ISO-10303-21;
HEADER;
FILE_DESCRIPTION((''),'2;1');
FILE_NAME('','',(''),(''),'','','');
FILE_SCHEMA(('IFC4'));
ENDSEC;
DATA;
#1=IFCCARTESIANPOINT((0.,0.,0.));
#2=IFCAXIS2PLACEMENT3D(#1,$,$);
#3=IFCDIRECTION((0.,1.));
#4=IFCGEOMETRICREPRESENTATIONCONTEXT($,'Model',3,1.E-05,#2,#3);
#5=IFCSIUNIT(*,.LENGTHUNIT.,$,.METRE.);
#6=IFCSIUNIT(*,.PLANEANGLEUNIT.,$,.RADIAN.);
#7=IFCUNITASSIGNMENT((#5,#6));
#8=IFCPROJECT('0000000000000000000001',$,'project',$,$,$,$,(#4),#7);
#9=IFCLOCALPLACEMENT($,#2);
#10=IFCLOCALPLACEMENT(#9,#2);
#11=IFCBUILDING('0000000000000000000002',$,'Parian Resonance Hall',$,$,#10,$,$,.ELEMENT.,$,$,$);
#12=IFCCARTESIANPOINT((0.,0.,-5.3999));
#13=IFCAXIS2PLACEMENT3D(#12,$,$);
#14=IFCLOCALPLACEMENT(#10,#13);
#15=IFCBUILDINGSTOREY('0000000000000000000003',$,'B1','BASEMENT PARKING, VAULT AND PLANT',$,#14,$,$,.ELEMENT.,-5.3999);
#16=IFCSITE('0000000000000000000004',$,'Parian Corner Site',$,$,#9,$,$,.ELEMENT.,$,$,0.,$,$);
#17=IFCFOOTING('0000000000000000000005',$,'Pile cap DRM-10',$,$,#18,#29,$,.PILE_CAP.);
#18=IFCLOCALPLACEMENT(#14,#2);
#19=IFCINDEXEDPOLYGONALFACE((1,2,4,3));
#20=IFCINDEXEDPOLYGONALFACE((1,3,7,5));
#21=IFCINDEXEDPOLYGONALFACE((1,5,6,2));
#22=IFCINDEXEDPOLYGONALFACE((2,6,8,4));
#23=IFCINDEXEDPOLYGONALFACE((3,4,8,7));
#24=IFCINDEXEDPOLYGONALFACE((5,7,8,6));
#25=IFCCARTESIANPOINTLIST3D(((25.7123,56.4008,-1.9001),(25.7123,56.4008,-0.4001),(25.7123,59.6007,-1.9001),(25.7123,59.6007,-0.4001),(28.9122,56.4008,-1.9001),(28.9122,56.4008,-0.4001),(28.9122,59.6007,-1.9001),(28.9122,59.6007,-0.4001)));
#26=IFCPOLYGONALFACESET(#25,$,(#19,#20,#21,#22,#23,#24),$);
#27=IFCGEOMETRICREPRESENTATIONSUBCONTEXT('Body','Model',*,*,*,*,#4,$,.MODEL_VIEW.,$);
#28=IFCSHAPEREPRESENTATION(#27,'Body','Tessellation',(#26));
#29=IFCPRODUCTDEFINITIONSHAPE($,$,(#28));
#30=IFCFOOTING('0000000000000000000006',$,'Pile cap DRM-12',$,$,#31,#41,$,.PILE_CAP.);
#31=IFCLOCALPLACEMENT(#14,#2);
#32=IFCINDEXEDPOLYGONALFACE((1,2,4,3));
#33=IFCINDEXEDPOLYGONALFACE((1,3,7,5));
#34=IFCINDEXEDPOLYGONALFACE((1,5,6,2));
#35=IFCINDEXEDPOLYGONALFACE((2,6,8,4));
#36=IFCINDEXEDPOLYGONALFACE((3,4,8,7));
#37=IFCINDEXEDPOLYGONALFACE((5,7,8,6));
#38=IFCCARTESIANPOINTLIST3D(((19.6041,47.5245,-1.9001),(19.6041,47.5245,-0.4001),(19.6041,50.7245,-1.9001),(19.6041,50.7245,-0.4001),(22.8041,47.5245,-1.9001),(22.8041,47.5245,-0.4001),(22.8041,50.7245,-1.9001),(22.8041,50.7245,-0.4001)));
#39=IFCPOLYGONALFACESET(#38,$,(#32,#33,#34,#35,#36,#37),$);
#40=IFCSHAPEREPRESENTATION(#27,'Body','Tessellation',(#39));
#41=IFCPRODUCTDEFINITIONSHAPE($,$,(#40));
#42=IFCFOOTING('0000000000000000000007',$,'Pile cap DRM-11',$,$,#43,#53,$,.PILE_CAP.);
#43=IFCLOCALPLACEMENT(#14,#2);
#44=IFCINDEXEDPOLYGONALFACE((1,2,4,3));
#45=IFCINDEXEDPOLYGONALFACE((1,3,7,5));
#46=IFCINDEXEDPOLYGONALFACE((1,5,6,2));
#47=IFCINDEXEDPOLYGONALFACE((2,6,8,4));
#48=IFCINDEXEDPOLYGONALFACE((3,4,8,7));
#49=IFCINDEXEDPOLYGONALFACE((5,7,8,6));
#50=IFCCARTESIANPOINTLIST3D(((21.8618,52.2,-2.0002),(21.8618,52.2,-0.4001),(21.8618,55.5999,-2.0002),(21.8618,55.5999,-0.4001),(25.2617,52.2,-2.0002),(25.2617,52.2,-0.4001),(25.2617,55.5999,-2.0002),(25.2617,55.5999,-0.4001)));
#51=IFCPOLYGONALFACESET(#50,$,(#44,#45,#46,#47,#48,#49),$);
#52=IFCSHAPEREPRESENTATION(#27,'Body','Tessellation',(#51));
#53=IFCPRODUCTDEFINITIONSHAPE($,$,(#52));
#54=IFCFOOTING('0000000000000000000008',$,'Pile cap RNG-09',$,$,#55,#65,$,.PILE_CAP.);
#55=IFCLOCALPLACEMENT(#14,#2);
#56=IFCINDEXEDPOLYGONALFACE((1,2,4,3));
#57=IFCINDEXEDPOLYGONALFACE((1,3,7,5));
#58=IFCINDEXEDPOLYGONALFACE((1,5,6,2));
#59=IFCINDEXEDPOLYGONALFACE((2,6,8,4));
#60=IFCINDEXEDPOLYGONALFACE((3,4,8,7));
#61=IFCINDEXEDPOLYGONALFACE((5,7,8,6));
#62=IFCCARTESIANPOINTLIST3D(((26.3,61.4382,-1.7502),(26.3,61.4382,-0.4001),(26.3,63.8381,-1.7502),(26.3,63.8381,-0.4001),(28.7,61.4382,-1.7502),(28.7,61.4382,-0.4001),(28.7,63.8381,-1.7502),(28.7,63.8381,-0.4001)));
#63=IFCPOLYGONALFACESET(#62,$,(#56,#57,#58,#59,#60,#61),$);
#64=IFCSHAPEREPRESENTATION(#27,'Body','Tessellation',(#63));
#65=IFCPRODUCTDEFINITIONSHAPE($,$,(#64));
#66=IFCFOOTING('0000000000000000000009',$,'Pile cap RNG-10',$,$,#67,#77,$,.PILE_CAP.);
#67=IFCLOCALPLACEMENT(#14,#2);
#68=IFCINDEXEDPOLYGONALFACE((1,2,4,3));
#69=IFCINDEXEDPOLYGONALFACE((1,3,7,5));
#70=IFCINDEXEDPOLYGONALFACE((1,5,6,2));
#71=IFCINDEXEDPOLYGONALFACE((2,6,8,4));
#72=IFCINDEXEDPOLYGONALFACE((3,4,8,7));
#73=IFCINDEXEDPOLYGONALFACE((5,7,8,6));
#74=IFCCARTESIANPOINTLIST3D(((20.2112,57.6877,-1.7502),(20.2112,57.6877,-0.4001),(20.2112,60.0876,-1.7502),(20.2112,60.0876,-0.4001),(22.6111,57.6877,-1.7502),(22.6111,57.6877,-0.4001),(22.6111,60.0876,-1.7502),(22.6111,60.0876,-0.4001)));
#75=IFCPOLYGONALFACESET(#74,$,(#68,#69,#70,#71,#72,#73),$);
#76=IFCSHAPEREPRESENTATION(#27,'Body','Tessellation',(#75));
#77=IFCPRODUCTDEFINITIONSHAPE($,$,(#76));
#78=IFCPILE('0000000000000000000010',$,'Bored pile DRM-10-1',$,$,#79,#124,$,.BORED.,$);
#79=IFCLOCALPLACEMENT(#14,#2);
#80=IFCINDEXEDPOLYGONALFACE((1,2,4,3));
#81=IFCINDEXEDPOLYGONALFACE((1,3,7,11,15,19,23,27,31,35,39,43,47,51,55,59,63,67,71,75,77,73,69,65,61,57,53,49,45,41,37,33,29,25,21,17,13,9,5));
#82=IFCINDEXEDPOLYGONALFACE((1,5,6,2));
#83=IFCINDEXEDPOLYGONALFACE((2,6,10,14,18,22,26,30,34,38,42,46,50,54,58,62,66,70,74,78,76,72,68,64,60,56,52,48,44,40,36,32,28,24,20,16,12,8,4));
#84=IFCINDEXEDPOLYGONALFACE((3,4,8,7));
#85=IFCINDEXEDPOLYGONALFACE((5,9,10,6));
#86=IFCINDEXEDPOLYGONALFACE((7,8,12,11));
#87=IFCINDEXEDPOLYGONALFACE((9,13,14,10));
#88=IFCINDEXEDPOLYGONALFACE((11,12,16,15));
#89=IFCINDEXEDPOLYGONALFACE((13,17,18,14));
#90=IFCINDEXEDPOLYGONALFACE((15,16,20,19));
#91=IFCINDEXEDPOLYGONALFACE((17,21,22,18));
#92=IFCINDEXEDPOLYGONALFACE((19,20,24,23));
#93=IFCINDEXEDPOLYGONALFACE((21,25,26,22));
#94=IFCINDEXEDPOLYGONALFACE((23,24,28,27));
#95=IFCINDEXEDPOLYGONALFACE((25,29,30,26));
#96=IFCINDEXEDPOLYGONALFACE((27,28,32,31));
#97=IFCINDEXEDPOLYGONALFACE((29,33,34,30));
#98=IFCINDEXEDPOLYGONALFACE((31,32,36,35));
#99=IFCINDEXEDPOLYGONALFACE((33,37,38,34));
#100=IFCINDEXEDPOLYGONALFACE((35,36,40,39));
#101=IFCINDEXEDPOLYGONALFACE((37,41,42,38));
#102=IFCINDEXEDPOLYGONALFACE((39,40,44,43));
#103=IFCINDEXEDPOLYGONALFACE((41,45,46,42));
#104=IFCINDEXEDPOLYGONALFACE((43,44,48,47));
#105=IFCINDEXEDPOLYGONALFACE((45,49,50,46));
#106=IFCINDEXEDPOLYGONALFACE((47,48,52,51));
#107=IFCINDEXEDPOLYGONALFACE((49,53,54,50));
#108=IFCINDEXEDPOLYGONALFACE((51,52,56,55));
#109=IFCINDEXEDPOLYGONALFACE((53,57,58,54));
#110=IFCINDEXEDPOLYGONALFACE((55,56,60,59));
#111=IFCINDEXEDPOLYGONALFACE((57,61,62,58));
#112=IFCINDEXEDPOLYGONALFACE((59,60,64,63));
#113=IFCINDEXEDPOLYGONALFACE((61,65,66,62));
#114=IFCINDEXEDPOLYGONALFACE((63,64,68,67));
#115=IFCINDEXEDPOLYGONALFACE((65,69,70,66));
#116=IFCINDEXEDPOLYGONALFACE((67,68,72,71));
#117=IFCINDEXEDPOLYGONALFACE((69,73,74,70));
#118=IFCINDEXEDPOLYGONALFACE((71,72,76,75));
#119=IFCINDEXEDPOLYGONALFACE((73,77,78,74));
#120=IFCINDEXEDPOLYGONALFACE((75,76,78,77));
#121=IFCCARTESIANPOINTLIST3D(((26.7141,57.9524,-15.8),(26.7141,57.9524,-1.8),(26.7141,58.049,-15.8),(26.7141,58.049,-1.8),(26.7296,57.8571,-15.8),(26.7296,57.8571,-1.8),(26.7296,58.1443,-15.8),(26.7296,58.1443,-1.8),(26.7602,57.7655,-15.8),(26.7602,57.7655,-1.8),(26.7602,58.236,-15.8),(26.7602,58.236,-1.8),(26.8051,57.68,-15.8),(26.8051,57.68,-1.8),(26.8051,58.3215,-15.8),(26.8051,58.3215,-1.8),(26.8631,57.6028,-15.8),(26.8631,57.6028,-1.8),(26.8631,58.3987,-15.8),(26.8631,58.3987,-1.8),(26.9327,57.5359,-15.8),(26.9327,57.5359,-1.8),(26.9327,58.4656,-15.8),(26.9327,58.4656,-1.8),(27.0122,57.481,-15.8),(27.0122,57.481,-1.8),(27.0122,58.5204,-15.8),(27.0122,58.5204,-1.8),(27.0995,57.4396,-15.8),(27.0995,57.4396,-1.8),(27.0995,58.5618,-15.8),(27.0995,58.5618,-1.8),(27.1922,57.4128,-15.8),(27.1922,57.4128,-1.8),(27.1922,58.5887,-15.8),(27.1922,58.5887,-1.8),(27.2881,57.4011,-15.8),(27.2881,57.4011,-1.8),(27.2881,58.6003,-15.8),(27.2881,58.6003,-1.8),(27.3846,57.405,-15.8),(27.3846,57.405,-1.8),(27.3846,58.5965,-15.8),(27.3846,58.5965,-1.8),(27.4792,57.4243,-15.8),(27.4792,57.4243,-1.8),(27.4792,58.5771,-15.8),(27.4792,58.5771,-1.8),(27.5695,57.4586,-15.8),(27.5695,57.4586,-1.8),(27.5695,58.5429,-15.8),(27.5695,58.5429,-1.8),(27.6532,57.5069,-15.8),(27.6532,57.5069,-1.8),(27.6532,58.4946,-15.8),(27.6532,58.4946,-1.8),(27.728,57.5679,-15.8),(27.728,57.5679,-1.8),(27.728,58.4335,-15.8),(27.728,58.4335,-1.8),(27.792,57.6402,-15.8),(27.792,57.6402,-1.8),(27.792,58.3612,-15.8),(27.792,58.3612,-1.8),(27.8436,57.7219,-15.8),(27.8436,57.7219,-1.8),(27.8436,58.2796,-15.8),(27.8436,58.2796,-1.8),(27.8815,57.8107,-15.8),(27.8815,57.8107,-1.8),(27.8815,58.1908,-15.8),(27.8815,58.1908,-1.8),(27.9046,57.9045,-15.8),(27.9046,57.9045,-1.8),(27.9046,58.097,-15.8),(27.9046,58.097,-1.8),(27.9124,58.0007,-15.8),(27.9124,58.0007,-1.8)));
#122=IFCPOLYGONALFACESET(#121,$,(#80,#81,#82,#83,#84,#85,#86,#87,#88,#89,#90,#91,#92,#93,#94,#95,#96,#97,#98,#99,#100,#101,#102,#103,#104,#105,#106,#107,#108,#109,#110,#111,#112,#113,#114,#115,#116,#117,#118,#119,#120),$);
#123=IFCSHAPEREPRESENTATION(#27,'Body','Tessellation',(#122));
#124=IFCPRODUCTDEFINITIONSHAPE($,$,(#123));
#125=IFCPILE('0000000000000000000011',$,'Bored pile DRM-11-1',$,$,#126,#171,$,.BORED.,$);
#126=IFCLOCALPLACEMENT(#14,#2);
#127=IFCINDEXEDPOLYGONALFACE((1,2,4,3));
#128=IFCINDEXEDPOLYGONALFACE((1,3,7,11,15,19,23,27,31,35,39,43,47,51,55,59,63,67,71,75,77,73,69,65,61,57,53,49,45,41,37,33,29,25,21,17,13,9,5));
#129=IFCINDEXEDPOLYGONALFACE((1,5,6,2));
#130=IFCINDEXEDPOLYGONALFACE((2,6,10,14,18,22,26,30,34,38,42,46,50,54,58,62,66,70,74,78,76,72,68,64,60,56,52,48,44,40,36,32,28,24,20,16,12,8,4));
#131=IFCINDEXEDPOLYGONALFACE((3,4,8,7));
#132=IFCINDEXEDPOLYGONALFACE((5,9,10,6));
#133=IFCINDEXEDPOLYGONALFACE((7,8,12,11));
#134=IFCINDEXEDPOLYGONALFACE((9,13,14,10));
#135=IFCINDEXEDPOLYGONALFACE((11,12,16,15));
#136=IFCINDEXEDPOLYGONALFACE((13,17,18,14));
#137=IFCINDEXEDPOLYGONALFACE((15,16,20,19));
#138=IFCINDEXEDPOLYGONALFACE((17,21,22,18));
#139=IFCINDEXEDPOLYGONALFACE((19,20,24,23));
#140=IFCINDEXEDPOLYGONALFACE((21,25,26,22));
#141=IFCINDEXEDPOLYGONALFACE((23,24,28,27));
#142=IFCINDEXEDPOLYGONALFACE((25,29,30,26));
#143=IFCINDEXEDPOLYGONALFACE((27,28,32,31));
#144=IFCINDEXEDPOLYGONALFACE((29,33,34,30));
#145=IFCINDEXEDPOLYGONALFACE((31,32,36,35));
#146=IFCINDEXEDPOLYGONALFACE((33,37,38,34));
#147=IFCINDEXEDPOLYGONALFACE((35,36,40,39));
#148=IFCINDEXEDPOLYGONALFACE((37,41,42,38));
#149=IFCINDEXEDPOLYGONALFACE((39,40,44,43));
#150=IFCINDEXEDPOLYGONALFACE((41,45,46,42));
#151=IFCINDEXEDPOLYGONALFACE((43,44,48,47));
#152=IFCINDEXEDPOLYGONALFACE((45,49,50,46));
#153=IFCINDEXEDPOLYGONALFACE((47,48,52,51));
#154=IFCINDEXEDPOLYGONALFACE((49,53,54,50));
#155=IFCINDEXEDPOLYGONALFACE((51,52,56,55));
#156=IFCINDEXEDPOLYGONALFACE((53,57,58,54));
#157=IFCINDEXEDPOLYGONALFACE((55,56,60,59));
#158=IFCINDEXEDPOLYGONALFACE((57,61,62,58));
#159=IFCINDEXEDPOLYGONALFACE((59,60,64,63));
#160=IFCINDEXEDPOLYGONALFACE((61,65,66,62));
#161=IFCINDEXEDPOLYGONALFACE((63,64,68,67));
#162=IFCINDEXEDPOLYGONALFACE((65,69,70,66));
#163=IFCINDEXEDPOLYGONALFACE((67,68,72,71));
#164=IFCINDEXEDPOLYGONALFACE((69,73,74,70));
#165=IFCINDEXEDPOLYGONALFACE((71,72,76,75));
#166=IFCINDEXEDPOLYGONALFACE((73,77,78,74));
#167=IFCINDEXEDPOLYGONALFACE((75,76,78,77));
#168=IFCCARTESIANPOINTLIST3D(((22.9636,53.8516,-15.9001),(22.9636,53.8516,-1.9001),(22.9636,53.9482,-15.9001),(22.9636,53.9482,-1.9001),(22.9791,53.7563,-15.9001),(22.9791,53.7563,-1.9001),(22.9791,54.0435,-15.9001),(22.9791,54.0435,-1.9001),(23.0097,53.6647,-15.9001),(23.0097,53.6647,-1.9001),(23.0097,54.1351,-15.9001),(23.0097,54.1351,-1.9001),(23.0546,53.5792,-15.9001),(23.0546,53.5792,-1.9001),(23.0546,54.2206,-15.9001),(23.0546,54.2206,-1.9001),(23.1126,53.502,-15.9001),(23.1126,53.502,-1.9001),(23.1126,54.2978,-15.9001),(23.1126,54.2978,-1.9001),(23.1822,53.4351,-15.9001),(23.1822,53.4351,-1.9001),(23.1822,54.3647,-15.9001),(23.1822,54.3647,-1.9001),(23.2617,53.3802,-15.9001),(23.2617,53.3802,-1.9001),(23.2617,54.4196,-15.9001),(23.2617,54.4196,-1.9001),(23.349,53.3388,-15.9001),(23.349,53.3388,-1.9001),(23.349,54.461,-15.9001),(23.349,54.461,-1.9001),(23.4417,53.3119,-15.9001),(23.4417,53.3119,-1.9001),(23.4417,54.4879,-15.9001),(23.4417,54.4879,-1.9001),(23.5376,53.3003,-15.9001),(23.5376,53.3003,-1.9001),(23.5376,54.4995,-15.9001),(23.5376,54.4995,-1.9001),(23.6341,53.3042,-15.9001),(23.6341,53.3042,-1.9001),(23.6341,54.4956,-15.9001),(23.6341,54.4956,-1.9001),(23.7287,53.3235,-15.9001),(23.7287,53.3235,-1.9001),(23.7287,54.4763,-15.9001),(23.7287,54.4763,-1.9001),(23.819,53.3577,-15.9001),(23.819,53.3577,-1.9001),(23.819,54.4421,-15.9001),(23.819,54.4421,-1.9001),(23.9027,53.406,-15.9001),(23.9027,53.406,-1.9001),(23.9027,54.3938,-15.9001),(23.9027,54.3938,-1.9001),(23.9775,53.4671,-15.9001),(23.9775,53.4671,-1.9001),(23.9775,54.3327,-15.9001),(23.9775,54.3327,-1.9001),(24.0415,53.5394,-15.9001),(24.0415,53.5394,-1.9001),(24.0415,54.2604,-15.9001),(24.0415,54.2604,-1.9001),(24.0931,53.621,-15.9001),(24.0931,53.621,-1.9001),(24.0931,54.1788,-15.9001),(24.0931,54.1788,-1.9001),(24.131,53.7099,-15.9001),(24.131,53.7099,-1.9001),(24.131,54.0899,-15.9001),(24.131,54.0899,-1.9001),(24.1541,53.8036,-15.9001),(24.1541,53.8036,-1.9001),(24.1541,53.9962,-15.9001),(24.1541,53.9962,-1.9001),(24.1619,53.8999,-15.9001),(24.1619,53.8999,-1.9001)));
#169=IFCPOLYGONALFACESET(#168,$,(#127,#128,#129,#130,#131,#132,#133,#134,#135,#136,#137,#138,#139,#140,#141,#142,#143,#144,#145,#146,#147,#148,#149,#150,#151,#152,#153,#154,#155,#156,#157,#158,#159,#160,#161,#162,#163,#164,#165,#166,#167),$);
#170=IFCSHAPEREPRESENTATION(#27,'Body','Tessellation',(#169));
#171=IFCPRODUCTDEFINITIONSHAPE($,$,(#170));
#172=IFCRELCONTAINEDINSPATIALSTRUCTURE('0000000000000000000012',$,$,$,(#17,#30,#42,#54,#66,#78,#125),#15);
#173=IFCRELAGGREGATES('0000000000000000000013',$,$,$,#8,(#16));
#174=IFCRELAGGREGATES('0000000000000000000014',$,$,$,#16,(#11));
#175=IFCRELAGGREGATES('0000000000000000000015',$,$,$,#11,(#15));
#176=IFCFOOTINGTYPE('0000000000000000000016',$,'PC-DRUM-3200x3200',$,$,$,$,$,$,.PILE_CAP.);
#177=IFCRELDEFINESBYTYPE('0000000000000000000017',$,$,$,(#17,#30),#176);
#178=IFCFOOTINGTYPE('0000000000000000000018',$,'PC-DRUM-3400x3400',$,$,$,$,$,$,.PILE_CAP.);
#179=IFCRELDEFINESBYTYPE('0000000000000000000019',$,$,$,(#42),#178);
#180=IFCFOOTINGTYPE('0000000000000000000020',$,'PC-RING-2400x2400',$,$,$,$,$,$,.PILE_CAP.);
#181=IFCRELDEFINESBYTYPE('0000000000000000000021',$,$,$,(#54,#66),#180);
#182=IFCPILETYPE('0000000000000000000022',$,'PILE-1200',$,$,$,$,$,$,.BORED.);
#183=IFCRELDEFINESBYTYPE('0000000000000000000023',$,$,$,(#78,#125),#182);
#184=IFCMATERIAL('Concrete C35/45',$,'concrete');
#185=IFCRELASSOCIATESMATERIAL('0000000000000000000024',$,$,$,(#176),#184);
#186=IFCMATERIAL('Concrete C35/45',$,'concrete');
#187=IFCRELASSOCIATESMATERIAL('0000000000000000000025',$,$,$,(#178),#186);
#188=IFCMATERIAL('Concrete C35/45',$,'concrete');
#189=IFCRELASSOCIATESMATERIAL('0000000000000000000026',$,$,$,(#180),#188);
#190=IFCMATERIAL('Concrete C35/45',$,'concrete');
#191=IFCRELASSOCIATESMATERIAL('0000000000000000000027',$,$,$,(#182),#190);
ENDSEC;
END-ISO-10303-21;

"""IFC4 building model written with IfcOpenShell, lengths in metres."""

from ifc_helpers import new_model, si_unit, direction, frame, origin, origin_2d, place, context, subcontext, project, spatial, rectangle, circle, extrude, material, material_profile, profile_set, type_object, element, save


model = new_model("IFC4")

# Units and contexts
model_context = context("Model", 3, precision=1e-05, world=origin(), true_north=direction((0.0, 1.0)))
body_context = subcontext(model_context, "Body", "Model", "MODEL_VIEW")
ifc_project = project(units=[si_unit("LENGTHUNIT", "METRE"), si_unit("PLANEANGLEUNIT", "RADIAN")], contexts=[model_context])

# Site, building, storey
site_placement = place(None, origin())
site = spatial("IfcSite", under=ifc_project, at=site_placement, Name="Parian Corner Site", CompositionType="ELEMENT", RefElevation=0.0)
building_placement = place(site_placement, origin())
building = spatial("IfcBuilding", under=site, at=building_placement, Name="Parian Resonance Hall", CompositionType="ELEMENT")
storey_placement = place(building_placement, frame((0.0, 0.0, -5.3999)))
storey = spatial("IfcBuildingStorey", under=building, at=storey_placement, Name="B1", Description="BASEMENT PARKING, VAULT AND PLANT", CompositionType="ELEMENT", Elevation=-5.3999)

# Footings
ifc_material_1 = material(Name="Concrete C35/45", Category="concrete")
footing_type_1 = type_object("IfcFootingType", Name="PC-DRUM-3200x3200", PredefinedType="PILE_CAP", material=ifc_material_1)
for number, where, z_axis, x_axis, name in (
    (1, (27.3123, 58.0007, -1.9001), (0.0, 0.0, 1.0), (1.0, 0.0, 0.0), "Pile cap DRM-10"),
    (2, (21.2041, 49.1245, -1.9001), (0.0, 0.0, 1.0), (1.0, 0.0, 0.0), "Pile cap DRM-12"),
):
    element("IfcFooting", number, at=place(storey_placement, frame(where, z_axis=z_axis, x_axis=x_axis)), inside=storey, type_object=footing_type_1, Name=name, PredefinedType="PILE_CAP", context=body_context, shape_type="SweptSolid", body=[
        extrude(rectangle(XDim=3.2, YDim=3.2, at=origin_2d()), origin(), (0.0, 0.0, 1.0), 1.5),
    ])
ifc_material_2 = material(Name="Concrete C35/45", Category="concrete")
footing_type_2 = type_object("IfcFootingType", Name="PC-DRUM-3400x3400", PredefinedType="PILE_CAP", material=ifc_material_2)
footing_placement = place(storey_placement, frame((23.5618, 53.8999, -2.0002), z_axis=(0.0, 0.0, 1.0), x_axis=(1.0, 0.0, 0.0)))
element("IfcFooting", 3, at=footing_placement, inside=storey, type_object=footing_type_2, Name="Pile cap DRM-11", PredefinedType="PILE_CAP", context=body_context, shape_type="SweptSolid", body=[
    extrude(rectangle(XDim=3.3999, YDim=3.3999, at=origin_2d()), origin(), (0.0, 0.0, 1.0), 1.6001),
])
ifc_material_3 = material(Name="Concrete C35/45", Category="concrete")
footing_type_3 = type_object("IfcFootingType", Name="PC-RING-2400x2400", PredefinedType="PILE_CAP", material=ifc_material_3)
for number, where, z_axis, x_axis, name in (
    (4, (27.5, 62.6382, -1.7502), (0.0, 0.0, 1.0), (1.0, 0.0, 0.0), "Pile cap RNG-09"),
    (5, (21.4111, 58.8877, -1.7502), (0.0, 0.0, 1.0), (1.0, 0.0, 0.0), "Pile cap RNG-10"),
):
    element("IfcFooting", number, at=place(storey_placement, frame(where, z_axis=z_axis, x_axis=x_axis)), inside=storey, type_object=footing_type_3, Name=name, PredefinedType="PILE_CAP", context=body_context, shape_type="SweptSolid", body=[
        extrude(rectangle(XDim=2.3999, YDim=2.3999, at=origin_2d()), origin(), (0.0, 0.0, 1.0), 1.3501),
    ])

# Piles
ifc_material_4 = material(Name="Concrete C35/45", Category="concrete")
ifc_material_profile_1 = material_profile(ifc_material_4, circle(Radius=0.6001, at=origin_2d()), Name="PILE-D1200")
ifc_profile_set_1 = profile_set([ifc_material_profile_1], Name="Concrete C35/45")
pile_type = type_object("IfcPileType", Name="PILE-1200", PredefinedType="BORED", material=ifc_profile_set_1)
for number, where, z_axis, x_axis, name in (
    (6, (27.3123, 58.0007, -1.8), (0.0, 0.0, -1.0), (1.0, 0.0, 0.0), "Bored pile DRM-10-1"),
    (7, (23.5618, 53.8999, -1.9001), (0.0, 0.0, -1.0), (1.0, 0.0, 0.0), "Bored pile DRM-11-1"),
):
    element("IfcPile", number, at=place(storey_placement, frame(where, z_axis=z_axis, x_axis=x_axis)), inside=storey, type_object=pile_type, Name=name, PredefinedType="BORED", context=body_context, shape_type="SweptSolid", body=[
        extrude(circle(Radius=0.6001, at=origin_2d()), origin(), (0.0, 0.0, 1.0), 14.0),
    ])

save(model, "model.ifc")
